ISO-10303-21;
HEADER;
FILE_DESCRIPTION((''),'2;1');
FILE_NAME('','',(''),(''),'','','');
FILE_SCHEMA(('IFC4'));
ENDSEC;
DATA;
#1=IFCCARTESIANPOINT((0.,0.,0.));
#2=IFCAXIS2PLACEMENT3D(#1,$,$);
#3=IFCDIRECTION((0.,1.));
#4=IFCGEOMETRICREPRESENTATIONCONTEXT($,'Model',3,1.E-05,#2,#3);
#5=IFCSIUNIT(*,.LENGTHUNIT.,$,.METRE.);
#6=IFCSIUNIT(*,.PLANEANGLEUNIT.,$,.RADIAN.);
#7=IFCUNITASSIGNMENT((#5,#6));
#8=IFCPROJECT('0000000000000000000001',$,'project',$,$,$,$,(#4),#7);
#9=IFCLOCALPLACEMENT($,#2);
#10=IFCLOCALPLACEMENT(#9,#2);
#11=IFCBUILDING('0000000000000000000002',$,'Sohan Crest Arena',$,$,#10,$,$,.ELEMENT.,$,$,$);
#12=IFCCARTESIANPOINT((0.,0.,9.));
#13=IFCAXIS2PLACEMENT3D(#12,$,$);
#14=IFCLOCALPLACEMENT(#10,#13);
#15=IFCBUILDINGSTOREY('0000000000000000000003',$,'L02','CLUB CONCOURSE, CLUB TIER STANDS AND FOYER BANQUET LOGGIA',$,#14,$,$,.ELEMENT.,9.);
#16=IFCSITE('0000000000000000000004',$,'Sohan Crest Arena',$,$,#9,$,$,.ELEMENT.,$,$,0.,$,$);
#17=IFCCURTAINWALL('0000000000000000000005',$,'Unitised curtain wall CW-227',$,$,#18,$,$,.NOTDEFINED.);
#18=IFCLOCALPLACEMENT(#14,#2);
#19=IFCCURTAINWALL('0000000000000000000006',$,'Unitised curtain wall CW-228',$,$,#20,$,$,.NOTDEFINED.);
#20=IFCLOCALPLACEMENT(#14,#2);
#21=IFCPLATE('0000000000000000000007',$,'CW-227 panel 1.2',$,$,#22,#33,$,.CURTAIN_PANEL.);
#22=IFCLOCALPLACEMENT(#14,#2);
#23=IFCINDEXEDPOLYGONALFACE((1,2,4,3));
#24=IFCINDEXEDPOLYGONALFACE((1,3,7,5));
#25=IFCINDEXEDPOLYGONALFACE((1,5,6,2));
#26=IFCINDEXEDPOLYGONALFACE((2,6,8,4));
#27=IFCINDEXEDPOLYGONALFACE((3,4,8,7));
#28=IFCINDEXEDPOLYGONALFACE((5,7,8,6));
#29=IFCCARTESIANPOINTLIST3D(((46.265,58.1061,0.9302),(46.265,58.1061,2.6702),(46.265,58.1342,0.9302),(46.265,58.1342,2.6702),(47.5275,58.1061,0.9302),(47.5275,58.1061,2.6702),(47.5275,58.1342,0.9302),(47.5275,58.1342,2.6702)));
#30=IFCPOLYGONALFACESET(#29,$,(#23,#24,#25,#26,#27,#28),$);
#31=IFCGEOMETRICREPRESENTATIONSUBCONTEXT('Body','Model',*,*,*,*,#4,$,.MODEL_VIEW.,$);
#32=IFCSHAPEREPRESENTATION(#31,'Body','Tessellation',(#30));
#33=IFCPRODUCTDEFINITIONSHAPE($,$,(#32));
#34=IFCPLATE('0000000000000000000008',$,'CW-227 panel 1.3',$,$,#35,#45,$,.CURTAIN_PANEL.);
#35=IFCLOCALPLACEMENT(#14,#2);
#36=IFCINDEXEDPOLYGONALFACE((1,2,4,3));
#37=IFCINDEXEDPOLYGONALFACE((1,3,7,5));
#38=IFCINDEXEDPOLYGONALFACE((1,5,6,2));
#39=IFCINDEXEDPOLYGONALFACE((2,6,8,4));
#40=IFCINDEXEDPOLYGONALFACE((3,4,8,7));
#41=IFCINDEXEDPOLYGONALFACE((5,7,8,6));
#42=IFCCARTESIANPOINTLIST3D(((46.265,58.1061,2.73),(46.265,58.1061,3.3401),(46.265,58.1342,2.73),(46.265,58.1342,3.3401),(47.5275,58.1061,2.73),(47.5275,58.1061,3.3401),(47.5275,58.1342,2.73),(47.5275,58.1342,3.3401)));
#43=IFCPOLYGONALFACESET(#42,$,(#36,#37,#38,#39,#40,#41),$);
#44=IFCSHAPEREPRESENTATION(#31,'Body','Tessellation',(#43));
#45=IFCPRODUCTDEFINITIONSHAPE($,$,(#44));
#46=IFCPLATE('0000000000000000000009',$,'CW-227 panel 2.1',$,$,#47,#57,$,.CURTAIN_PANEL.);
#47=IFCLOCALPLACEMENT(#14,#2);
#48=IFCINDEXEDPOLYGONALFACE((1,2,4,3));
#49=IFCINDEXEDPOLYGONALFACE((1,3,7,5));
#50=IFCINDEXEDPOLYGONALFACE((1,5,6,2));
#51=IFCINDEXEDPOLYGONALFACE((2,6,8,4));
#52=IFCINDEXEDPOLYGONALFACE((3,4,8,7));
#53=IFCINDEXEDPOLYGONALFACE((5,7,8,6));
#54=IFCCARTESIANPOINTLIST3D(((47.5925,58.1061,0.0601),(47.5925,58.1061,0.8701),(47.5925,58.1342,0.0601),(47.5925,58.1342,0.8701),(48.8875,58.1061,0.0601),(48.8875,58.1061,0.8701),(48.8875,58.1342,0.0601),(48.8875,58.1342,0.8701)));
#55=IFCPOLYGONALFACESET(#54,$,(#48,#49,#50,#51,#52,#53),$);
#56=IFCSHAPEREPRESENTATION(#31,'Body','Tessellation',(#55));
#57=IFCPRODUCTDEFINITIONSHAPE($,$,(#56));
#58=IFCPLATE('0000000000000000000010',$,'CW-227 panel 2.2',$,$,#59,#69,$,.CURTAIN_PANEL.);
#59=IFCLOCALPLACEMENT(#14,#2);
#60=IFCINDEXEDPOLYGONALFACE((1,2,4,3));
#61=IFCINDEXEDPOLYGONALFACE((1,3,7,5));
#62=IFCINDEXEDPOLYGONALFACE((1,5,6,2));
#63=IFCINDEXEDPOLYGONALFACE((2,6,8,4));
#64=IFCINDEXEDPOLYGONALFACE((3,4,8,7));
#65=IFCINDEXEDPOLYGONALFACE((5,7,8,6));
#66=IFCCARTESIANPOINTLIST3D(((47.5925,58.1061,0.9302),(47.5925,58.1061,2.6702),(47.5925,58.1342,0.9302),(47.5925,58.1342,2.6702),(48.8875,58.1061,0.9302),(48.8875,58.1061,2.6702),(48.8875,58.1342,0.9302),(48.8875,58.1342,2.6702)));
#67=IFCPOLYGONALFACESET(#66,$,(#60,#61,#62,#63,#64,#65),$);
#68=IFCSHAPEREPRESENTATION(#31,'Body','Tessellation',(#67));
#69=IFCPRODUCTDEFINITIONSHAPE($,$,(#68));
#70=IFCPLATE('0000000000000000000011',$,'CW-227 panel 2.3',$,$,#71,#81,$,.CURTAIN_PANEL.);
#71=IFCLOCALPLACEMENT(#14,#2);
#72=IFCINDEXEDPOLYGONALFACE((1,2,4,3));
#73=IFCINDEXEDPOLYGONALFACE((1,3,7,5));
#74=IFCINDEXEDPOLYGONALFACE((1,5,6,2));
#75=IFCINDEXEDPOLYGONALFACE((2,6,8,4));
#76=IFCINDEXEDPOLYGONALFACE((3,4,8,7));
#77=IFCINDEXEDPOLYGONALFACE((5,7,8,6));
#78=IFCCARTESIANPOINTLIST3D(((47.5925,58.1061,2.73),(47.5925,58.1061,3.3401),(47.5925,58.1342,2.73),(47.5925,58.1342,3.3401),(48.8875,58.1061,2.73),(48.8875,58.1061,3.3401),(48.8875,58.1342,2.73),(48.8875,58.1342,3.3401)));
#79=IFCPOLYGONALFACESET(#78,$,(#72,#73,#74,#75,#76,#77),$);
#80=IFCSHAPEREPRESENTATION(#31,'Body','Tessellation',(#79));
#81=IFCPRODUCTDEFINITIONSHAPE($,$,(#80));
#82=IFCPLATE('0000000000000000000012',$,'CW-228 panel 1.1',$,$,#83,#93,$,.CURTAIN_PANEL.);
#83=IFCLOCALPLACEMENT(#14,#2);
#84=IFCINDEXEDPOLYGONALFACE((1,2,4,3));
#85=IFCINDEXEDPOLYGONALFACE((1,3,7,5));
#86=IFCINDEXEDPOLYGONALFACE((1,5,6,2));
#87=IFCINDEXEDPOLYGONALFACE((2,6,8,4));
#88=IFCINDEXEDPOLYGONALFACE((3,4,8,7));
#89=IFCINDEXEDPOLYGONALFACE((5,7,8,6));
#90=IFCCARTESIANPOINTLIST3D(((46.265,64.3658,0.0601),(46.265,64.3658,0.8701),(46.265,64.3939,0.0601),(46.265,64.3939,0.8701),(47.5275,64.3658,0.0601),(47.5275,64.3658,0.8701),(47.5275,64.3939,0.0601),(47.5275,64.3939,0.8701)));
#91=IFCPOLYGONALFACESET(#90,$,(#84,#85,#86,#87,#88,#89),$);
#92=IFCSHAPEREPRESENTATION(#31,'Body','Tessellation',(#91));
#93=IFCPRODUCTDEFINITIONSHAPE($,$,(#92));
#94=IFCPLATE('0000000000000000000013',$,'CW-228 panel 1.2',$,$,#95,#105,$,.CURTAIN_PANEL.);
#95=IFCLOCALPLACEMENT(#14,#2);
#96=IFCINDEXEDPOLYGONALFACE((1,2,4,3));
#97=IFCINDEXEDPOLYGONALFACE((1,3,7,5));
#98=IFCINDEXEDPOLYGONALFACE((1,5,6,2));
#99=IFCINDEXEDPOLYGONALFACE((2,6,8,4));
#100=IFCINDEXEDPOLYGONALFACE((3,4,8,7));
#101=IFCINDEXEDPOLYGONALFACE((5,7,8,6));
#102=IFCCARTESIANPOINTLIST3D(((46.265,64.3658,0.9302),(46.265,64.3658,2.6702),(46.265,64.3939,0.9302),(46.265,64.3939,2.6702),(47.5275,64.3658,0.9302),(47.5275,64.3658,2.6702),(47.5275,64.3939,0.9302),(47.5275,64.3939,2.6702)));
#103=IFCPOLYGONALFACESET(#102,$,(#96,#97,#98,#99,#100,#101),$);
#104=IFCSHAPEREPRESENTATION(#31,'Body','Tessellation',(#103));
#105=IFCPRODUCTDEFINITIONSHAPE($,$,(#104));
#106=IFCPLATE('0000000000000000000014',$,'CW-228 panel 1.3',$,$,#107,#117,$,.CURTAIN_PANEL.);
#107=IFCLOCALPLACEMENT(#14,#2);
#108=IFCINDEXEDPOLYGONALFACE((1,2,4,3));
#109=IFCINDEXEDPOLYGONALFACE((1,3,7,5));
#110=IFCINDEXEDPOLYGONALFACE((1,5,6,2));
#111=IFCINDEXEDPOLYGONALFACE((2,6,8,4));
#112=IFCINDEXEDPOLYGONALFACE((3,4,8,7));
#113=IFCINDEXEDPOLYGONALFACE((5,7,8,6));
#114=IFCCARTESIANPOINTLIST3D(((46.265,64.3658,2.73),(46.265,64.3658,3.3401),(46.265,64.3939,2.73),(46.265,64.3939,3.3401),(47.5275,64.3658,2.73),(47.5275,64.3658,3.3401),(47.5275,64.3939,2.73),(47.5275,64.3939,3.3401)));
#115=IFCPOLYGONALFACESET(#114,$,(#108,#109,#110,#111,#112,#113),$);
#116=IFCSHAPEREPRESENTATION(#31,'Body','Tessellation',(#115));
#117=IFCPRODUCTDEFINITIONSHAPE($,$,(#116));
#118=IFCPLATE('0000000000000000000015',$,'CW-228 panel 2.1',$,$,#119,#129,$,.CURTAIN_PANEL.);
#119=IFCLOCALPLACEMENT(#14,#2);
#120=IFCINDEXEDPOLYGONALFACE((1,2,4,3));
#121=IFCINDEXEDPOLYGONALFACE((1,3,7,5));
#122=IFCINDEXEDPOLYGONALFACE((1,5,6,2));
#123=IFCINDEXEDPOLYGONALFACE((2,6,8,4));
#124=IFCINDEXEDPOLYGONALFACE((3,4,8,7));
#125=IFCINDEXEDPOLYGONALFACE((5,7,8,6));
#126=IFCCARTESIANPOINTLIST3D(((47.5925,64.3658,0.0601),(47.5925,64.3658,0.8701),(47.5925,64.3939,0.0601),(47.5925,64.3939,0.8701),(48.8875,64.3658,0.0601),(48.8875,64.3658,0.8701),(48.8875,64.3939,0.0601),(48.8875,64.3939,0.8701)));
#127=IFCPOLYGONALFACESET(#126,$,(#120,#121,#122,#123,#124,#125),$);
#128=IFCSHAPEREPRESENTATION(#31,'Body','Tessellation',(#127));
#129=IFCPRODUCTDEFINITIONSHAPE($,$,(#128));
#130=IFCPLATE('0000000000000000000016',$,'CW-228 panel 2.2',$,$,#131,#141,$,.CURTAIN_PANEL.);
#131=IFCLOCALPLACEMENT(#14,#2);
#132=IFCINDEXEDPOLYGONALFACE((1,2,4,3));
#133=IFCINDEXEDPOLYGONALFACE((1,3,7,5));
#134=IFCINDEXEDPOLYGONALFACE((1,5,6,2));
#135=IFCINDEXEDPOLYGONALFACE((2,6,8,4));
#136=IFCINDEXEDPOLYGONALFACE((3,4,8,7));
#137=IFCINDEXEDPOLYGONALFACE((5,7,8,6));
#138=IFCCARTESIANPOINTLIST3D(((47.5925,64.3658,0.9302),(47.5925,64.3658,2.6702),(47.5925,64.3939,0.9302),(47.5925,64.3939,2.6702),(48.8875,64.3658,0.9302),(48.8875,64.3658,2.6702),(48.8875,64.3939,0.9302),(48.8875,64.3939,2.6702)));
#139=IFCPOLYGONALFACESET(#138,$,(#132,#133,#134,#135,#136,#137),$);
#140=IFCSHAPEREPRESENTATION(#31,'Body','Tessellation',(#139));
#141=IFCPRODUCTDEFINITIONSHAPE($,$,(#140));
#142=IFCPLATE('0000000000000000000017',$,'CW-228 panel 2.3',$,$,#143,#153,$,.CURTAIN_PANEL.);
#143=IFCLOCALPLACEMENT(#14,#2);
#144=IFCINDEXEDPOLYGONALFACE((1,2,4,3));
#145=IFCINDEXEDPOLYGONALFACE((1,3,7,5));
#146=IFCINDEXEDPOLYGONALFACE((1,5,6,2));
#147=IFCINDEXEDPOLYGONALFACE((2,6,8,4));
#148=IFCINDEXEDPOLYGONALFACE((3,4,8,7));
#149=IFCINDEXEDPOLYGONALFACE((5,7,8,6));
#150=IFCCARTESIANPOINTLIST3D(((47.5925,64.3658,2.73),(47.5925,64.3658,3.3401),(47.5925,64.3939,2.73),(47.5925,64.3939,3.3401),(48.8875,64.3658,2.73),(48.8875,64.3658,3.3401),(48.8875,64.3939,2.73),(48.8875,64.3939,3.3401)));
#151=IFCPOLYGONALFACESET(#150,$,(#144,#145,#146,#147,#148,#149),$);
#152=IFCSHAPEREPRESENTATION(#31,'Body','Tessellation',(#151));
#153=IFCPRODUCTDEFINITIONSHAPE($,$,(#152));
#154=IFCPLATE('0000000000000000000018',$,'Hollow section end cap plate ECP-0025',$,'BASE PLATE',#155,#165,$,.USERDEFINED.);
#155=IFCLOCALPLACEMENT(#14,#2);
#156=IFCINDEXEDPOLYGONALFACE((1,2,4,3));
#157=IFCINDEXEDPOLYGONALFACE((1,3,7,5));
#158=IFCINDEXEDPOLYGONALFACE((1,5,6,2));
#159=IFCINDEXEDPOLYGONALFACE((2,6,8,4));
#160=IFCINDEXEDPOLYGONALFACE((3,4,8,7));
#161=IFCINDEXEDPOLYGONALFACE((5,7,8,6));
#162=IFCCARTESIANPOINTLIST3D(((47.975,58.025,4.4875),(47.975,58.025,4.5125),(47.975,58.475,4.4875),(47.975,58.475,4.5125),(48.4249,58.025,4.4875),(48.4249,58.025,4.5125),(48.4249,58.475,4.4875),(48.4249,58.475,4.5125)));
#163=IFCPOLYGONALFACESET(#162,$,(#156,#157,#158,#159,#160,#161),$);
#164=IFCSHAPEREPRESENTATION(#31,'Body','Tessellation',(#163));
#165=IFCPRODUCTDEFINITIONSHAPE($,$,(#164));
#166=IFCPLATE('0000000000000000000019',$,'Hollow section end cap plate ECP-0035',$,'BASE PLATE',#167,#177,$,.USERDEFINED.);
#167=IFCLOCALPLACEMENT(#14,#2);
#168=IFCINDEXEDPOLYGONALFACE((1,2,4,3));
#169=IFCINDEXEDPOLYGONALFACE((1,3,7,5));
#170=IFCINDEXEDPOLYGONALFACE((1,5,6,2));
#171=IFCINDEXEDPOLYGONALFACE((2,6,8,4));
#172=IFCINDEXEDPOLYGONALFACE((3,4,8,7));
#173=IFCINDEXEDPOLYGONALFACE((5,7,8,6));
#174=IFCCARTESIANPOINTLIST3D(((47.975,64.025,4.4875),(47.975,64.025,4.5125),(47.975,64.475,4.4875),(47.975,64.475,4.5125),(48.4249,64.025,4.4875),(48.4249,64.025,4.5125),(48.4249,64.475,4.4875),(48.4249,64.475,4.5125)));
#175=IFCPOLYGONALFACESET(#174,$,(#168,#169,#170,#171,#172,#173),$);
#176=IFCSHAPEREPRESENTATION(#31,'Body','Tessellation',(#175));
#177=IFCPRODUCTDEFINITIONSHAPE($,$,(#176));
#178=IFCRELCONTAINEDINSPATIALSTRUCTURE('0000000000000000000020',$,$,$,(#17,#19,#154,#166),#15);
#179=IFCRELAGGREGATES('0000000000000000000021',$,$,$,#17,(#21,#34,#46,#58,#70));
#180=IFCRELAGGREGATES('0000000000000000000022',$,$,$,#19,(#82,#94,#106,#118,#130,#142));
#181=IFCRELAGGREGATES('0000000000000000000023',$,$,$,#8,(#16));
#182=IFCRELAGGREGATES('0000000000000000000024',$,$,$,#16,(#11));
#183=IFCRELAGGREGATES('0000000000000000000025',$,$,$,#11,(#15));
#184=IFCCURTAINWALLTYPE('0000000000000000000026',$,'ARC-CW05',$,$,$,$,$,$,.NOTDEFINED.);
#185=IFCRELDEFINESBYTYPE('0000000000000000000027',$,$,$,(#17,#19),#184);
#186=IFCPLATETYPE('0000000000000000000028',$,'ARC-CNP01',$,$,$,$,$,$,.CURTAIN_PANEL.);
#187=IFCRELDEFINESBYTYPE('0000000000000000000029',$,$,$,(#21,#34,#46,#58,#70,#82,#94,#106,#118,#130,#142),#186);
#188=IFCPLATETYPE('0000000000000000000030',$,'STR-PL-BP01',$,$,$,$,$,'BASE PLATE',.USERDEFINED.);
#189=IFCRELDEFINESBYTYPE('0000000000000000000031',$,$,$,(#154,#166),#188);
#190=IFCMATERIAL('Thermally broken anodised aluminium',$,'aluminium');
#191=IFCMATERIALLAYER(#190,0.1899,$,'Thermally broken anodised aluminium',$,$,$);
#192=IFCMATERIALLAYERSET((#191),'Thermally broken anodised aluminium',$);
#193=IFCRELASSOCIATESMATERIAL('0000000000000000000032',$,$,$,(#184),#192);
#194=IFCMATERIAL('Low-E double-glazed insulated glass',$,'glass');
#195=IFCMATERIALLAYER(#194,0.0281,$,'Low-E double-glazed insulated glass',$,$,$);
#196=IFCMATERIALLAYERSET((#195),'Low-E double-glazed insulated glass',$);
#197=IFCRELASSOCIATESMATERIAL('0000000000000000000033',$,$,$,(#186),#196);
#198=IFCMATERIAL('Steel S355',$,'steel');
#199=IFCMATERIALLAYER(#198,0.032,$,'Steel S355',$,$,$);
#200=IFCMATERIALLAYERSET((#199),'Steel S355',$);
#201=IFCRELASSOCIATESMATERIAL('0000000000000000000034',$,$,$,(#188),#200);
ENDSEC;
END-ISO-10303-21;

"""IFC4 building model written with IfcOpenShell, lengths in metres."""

from ifc_helpers import new_model, si_unit, direction, frame, origin, origin_2d, place, context, subcontext, project, spatial, rectangle, extrude, material, layer, layer_set, type_object, element, aggregate, save


model = new_model("IFC4")

# Units and contexts
model_context = context("Model", 3, precision=1e-05, world=origin(), true_north=direction((0.0, 1.0)))
body_context = subcontext(model_context, "Body", "Model", "MODEL_VIEW")
ifc_project = project(units=[si_unit("LENGTHUNIT", "METRE"), si_unit("PLANEANGLEUNIT", "RADIAN")], contexts=[model_context])

# Site, building, storey
site_placement = place(None, origin())
site = spatial("IfcSite", under=ifc_project, at=site_placement, Name="Sohan Crest Arena", CompositionType="ELEMENT", RefElevation=0.0)
building_placement = place(site_placement, origin())
building = spatial("IfcBuilding", under=site, at=building_placement, Name="Sohan Crest Arena", CompositionType="ELEMENT")
storey_placement = place(building_placement, frame((0.0, 0.0, 9.0)))
storey = spatial("IfcBuildingStorey", under=building, at=storey_placement, Name="L02", Description="CLUB CONCOURSE, CLUB TIER STANDS AND FOYER BANQUET LOGGIA", CompositionType="ELEMENT", Elevation=9.0)

# Shared definitions
ifc_material_1 = material(Name="Steel S355", Category="steel")

# Curtain walls
ifc_material_2 = material(Name="Thermally broken anodised aluminium", Category="aluminium")
ifc_layer_1 = layer(ifc_material_2, 0.1899, Name="Thermally broken anodised aluminium")
ifc_layer_set_1 = layer_set([ifc_layer_1], Name="Thermally broken anodised aluminium")
curtain_wall_type = type_object("IfcCurtainWallType", Name="ARC-CW05", PredefinedType="NOTDEFINED", material=ifc_layer_set_1)
curtain_wall_1_placement = place(storey_placement, origin())
curtain_wall_1 = element("IfcCurtainWall", 1, at=curtain_wall_1_placement, inside=storey, type_object=curtain_wall_type, Name="Unitised curtain wall CW-227", PredefinedType="NOTDEFINED")
curtain_wall_2_placement = place(storey_placement, origin())
curtain_wall_2 = element("IfcCurtainWall", 2, at=curtain_wall_2_placement, inside=storey, type_object=curtain_wall_type, Name="Unitised curtain wall CW-228", PredefinedType="NOTDEFINED")

# Plates
ifc_material_3 = material(Name="Low-E double-glazed insulated glass", Category="glass")
ifc_layer_2 = layer(ifc_material_3, 0.0281, Name="Low-E double-glazed insulated glass")
ifc_layer_set_2 = layer_set([ifc_layer_2], Name="Low-E double-glazed insulated glass")
plate_type_1 = type_object("IfcPlateType", Name="ARC-CNP01", PredefinedType="CURTAIN_PANEL", material=ifc_layer_set_2)
plate_1_placement = place(storey_placement, frame((46.8962, 58.1201, 0.9302), z_axis=(0.0, 0.0, 1.0), x_axis=(1.0, 0.0, 0.0)))
plate_1 = element("IfcPlate", 3, at=plate_1_placement, type_object=plate_type_1, Name="CW-227 panel 1.2", PredefinedType="CURTAIN_PANEL", context=body_context, shape_type="SweptSolid", body=[
    extrude(rectangle(XDim=1.2625, YDim=0.0281, at=origin_2d()), origin(), (0.0, 0.0, 1.0), 1.74),
])
plate_2_placement = place(storey_placement, frame((46.8962, 58.1201, 2.73), z_axis=(0.0, 0.0, 1.0), x_axis=(1.0, 0.0, 0.0)))
plate_2 = element("IfcPlate", 4, at=plate_2_placement, type_object=plate_type_1, Name="CW-227 panel 1.3", PredefinedType="CURTAIN_PANEL", context=body_context, shape_type="SweptSolid", body=[
    extrude(rectangle(XDim=1.2625, YDim=0.0281, at=origin_2d()), origin(), (0.0, 0.0, 1.0), 0.6101),
])
plate_3_placement = place(storey_placement, frame((48.24, 58.1201, 0.0601), z_axis=(0.0, 0.0, 1.0), x_axis=(1.0, 0.0, 0.0)))
plate_3 = element("IfcPlate", 5, at=plate_3_placement, type_object=plate_type_1, Name="CW-227 panel 2.1", PredefinedType="CURTAIN_PANEL", context=body_context, shape_type="SweptSolid", body=[
    extrude(rectangle(XDim=1.2949, YDim=0.0281, at=origin_2d()), origin(), (0.0, 0.0, 1.0), 0.8101),
])
plate_4_placement = place(storey_placement, frame((48.24, 58.1201, 0.9302), z_axis=(0.0, 0.0, 1.0), x_axis=(1.0, 0.0, 0.0)))
plate_4 = element("IfcPlate", 6, at=plate_4_placement, type_object=plate_type_1, Name="CW-227 panel 2.2", PredefinedType="CURTAIN_PANEL", context=body_context, shape_type="SweptSolid", body=[
    extrude(rectangle(XDim=1.2949, YDim=0.0281, at=origin_2d()), origin(), (0.0, 0.0, 1.0), 1.74),
])
plate_5_placement = place(storey_placement, frame((48.24, 58.1201, 2.73), z_axis=(0.0, 0.0, 1.0), x_axis=(1.0, 0.0, 0.0)))
plate_5 = element("IfcPlate", 7, at=plate_5_placement, type_object=plate_type_1, Name="CW-227 panel 2.3", PredefinedType="CURTAIN_PANEL", context=body_context, shape_type="SweptSolid", body=[
    extrude(rectangle(XDim=1.2949, YDim=0.0281, at=origin_2d()), origin(), (0.0, 0.0, 1.0), 0.6101),
])
aggregate(curtain_wall_1, [plate_1, plate_2, plate_3, plate_4, plate_5])
plate_6_placement = place(storey_placement, frame((46.8962, 64.3799, 0.0601), z_axis=(0.0, 0.0, 1.0), x_axis=(1.0, 0.0, 0.0)))
plate_6 = element("IfcPlate", 8, at=plate_6_placement, type_object=plate_type_1, Name="CW-228 panel 1.1", PredefinedType="CURTAIN_PANEL", context=body_context, shape_type="SweptSolid", body=[
    extrude(rectangle(XDim=1.2625, YDim=0.0281, at=origin_2d()), origin(), (0.0, 0.0, 1.0), 0.8101),
])
plate_7_placement = place(storey_placement, frame((46.8962, 64.3799, 0.9302), z_axis=(0.0, 0.0, 1.0), x_axis=(1.0, 0.0, 0.0)))
plate_7 = element("IfcPlate", 9, at=plate_7_placement, type_object=plate_type_1, Name="CW-228 panel 1.2", PredefinedType="CURTAIN_PANEL", context=body_context, shape_type="SweptSolid", body=[
    extrude(rectangle(XDim=1.2625, YDim=0.0281, at=origin_2d()), origin(), (0.0, 0.0, 1.0), 1.74),
])
plate_8_placement = place(storey_placement, frame((46.8962, 64.3799, 2.73), z_axis=(0.0, 0.0, 1.0), x_axis=(1.0, 0.0, 0.0)))
plate_8 = element("IfcPlate", 10, at=plate_8_placement, type_object=plate_type_1, Name="CW-228 panel 1.3", PredefinedType="CURTAIN_PANEL", context=body_context, shape_type="SweptSolid", body=[
    extrude(rectangle(XDim=1.2625, YDim=0.0281, at=origin_2d()), origin(), (0.0, 0.0, 1.0), 0.6101),
])
plate_9_placement = place(storey_placement, frame((48.24, 64.3799, 0.0601), z_axis=(0.0, 0.0, 1.0), x_axis=(1.0, 0.0, 0.0)))
plate_9 = element("IfcPlate", 11, at=plate_9_placement, type_object=plate_type_1, Name="CW-228 panel 2.1", PredefinedType="CURTAIN_PANEL", context=body_context, shape_type="SweptSolid", body=[
    extrude(rectangle(XDim=1.2949, YDim=0.0281, at=origin_2d()), origin(), (0.0, 0.0, 1.0), 0.8101),
])
plate_10_placement = place(storey_placement, frame((48.24, 64.3799, 0.9302), z_axis=(0.0, 0.0, 1.0), x_axis=(1.0, 0.0, 0.0)))
plate_10 = element("IfcPlate", 12, at=plate_10_placement, type_object=plate_type_1, Name="CW-228 panel 2.2", PredefinedType="CURTAIN_PANEL", context=body_context, shape_type="SweptSolid", body=[
    extrude(rectangle(XDim=1.2949, YDim=0.0281, at=origin_2d()), origin(), (0.0, 0.0, 1.0), 1.74),
])
plate_11_placement = place(storey_placement, frame((48.24, 64.3799, 2.73), z_axis=(0.0, 0.0, 1.0), x_axis=(1.0, 0.0, 0.0)))
plate_11 = element("IfcPlate", 13, at=plate_11_placement, type_object=plate_type_1, Name="CW-228 panel 2.3", PredefinedType="CURTAIN_PANEL", context=body_context, shape_type="SweptSolid", body=[
    extrude(rectangle(XDim=1.2949, YDim=0.0281, at=origin_2d()), origin(), (0.0, 0.0, 1.0), 0.6101),
])
aggregate(curtain_wall_2, [plate_6, plate_7, plate_8, plate_9, plate_10, plate_11])

# Plates
ifc_layer_3 = layer(ifc_material_1, 0.032, Name="Steel S355")
ifc_layer_set_3 = layer_set([ifc_layer_3], Name="Steel S355")
plate_type_2 = type_object("IfcPlateType", Name="STR-PL-BP01", ElementType="BASE PLATE", PredefinedType="USERDEFINED", material=ifc_layer_set_3)
for number, where, z_axis, x_axis, name in (
    (14, (48.2, 58.25, 4.4875), (0.0, 0.0, 1.0), (1.0, 0.0, 0.0), "Hollow section end cap plate ECP-0025"),
    (15, (48.2, 64.25, 4.4875), (0.0, 0.0, 1.0), (1.0, 0.0, 0.0), "Hollow section end cap plate ECP-0035"),
):
    element("IfcPlate", number, at=place(storey_placement, frame(where, z_axis=z_axis, x_axis=x_axis)), inside=storey, type_object=plate_type_2, Name=name, ObjectType="BASE PLATE", PredefinedType="USERDEFINED", context=body_context, shape_type="SweptSolid", body=[
        extrude(rectangle(XDim=0.45, YDim=0.45, at=origin_2d()), origin(), (0.0, 0.0, 1.0), 0.0249),
    ])

save(model, "model.ifc")
